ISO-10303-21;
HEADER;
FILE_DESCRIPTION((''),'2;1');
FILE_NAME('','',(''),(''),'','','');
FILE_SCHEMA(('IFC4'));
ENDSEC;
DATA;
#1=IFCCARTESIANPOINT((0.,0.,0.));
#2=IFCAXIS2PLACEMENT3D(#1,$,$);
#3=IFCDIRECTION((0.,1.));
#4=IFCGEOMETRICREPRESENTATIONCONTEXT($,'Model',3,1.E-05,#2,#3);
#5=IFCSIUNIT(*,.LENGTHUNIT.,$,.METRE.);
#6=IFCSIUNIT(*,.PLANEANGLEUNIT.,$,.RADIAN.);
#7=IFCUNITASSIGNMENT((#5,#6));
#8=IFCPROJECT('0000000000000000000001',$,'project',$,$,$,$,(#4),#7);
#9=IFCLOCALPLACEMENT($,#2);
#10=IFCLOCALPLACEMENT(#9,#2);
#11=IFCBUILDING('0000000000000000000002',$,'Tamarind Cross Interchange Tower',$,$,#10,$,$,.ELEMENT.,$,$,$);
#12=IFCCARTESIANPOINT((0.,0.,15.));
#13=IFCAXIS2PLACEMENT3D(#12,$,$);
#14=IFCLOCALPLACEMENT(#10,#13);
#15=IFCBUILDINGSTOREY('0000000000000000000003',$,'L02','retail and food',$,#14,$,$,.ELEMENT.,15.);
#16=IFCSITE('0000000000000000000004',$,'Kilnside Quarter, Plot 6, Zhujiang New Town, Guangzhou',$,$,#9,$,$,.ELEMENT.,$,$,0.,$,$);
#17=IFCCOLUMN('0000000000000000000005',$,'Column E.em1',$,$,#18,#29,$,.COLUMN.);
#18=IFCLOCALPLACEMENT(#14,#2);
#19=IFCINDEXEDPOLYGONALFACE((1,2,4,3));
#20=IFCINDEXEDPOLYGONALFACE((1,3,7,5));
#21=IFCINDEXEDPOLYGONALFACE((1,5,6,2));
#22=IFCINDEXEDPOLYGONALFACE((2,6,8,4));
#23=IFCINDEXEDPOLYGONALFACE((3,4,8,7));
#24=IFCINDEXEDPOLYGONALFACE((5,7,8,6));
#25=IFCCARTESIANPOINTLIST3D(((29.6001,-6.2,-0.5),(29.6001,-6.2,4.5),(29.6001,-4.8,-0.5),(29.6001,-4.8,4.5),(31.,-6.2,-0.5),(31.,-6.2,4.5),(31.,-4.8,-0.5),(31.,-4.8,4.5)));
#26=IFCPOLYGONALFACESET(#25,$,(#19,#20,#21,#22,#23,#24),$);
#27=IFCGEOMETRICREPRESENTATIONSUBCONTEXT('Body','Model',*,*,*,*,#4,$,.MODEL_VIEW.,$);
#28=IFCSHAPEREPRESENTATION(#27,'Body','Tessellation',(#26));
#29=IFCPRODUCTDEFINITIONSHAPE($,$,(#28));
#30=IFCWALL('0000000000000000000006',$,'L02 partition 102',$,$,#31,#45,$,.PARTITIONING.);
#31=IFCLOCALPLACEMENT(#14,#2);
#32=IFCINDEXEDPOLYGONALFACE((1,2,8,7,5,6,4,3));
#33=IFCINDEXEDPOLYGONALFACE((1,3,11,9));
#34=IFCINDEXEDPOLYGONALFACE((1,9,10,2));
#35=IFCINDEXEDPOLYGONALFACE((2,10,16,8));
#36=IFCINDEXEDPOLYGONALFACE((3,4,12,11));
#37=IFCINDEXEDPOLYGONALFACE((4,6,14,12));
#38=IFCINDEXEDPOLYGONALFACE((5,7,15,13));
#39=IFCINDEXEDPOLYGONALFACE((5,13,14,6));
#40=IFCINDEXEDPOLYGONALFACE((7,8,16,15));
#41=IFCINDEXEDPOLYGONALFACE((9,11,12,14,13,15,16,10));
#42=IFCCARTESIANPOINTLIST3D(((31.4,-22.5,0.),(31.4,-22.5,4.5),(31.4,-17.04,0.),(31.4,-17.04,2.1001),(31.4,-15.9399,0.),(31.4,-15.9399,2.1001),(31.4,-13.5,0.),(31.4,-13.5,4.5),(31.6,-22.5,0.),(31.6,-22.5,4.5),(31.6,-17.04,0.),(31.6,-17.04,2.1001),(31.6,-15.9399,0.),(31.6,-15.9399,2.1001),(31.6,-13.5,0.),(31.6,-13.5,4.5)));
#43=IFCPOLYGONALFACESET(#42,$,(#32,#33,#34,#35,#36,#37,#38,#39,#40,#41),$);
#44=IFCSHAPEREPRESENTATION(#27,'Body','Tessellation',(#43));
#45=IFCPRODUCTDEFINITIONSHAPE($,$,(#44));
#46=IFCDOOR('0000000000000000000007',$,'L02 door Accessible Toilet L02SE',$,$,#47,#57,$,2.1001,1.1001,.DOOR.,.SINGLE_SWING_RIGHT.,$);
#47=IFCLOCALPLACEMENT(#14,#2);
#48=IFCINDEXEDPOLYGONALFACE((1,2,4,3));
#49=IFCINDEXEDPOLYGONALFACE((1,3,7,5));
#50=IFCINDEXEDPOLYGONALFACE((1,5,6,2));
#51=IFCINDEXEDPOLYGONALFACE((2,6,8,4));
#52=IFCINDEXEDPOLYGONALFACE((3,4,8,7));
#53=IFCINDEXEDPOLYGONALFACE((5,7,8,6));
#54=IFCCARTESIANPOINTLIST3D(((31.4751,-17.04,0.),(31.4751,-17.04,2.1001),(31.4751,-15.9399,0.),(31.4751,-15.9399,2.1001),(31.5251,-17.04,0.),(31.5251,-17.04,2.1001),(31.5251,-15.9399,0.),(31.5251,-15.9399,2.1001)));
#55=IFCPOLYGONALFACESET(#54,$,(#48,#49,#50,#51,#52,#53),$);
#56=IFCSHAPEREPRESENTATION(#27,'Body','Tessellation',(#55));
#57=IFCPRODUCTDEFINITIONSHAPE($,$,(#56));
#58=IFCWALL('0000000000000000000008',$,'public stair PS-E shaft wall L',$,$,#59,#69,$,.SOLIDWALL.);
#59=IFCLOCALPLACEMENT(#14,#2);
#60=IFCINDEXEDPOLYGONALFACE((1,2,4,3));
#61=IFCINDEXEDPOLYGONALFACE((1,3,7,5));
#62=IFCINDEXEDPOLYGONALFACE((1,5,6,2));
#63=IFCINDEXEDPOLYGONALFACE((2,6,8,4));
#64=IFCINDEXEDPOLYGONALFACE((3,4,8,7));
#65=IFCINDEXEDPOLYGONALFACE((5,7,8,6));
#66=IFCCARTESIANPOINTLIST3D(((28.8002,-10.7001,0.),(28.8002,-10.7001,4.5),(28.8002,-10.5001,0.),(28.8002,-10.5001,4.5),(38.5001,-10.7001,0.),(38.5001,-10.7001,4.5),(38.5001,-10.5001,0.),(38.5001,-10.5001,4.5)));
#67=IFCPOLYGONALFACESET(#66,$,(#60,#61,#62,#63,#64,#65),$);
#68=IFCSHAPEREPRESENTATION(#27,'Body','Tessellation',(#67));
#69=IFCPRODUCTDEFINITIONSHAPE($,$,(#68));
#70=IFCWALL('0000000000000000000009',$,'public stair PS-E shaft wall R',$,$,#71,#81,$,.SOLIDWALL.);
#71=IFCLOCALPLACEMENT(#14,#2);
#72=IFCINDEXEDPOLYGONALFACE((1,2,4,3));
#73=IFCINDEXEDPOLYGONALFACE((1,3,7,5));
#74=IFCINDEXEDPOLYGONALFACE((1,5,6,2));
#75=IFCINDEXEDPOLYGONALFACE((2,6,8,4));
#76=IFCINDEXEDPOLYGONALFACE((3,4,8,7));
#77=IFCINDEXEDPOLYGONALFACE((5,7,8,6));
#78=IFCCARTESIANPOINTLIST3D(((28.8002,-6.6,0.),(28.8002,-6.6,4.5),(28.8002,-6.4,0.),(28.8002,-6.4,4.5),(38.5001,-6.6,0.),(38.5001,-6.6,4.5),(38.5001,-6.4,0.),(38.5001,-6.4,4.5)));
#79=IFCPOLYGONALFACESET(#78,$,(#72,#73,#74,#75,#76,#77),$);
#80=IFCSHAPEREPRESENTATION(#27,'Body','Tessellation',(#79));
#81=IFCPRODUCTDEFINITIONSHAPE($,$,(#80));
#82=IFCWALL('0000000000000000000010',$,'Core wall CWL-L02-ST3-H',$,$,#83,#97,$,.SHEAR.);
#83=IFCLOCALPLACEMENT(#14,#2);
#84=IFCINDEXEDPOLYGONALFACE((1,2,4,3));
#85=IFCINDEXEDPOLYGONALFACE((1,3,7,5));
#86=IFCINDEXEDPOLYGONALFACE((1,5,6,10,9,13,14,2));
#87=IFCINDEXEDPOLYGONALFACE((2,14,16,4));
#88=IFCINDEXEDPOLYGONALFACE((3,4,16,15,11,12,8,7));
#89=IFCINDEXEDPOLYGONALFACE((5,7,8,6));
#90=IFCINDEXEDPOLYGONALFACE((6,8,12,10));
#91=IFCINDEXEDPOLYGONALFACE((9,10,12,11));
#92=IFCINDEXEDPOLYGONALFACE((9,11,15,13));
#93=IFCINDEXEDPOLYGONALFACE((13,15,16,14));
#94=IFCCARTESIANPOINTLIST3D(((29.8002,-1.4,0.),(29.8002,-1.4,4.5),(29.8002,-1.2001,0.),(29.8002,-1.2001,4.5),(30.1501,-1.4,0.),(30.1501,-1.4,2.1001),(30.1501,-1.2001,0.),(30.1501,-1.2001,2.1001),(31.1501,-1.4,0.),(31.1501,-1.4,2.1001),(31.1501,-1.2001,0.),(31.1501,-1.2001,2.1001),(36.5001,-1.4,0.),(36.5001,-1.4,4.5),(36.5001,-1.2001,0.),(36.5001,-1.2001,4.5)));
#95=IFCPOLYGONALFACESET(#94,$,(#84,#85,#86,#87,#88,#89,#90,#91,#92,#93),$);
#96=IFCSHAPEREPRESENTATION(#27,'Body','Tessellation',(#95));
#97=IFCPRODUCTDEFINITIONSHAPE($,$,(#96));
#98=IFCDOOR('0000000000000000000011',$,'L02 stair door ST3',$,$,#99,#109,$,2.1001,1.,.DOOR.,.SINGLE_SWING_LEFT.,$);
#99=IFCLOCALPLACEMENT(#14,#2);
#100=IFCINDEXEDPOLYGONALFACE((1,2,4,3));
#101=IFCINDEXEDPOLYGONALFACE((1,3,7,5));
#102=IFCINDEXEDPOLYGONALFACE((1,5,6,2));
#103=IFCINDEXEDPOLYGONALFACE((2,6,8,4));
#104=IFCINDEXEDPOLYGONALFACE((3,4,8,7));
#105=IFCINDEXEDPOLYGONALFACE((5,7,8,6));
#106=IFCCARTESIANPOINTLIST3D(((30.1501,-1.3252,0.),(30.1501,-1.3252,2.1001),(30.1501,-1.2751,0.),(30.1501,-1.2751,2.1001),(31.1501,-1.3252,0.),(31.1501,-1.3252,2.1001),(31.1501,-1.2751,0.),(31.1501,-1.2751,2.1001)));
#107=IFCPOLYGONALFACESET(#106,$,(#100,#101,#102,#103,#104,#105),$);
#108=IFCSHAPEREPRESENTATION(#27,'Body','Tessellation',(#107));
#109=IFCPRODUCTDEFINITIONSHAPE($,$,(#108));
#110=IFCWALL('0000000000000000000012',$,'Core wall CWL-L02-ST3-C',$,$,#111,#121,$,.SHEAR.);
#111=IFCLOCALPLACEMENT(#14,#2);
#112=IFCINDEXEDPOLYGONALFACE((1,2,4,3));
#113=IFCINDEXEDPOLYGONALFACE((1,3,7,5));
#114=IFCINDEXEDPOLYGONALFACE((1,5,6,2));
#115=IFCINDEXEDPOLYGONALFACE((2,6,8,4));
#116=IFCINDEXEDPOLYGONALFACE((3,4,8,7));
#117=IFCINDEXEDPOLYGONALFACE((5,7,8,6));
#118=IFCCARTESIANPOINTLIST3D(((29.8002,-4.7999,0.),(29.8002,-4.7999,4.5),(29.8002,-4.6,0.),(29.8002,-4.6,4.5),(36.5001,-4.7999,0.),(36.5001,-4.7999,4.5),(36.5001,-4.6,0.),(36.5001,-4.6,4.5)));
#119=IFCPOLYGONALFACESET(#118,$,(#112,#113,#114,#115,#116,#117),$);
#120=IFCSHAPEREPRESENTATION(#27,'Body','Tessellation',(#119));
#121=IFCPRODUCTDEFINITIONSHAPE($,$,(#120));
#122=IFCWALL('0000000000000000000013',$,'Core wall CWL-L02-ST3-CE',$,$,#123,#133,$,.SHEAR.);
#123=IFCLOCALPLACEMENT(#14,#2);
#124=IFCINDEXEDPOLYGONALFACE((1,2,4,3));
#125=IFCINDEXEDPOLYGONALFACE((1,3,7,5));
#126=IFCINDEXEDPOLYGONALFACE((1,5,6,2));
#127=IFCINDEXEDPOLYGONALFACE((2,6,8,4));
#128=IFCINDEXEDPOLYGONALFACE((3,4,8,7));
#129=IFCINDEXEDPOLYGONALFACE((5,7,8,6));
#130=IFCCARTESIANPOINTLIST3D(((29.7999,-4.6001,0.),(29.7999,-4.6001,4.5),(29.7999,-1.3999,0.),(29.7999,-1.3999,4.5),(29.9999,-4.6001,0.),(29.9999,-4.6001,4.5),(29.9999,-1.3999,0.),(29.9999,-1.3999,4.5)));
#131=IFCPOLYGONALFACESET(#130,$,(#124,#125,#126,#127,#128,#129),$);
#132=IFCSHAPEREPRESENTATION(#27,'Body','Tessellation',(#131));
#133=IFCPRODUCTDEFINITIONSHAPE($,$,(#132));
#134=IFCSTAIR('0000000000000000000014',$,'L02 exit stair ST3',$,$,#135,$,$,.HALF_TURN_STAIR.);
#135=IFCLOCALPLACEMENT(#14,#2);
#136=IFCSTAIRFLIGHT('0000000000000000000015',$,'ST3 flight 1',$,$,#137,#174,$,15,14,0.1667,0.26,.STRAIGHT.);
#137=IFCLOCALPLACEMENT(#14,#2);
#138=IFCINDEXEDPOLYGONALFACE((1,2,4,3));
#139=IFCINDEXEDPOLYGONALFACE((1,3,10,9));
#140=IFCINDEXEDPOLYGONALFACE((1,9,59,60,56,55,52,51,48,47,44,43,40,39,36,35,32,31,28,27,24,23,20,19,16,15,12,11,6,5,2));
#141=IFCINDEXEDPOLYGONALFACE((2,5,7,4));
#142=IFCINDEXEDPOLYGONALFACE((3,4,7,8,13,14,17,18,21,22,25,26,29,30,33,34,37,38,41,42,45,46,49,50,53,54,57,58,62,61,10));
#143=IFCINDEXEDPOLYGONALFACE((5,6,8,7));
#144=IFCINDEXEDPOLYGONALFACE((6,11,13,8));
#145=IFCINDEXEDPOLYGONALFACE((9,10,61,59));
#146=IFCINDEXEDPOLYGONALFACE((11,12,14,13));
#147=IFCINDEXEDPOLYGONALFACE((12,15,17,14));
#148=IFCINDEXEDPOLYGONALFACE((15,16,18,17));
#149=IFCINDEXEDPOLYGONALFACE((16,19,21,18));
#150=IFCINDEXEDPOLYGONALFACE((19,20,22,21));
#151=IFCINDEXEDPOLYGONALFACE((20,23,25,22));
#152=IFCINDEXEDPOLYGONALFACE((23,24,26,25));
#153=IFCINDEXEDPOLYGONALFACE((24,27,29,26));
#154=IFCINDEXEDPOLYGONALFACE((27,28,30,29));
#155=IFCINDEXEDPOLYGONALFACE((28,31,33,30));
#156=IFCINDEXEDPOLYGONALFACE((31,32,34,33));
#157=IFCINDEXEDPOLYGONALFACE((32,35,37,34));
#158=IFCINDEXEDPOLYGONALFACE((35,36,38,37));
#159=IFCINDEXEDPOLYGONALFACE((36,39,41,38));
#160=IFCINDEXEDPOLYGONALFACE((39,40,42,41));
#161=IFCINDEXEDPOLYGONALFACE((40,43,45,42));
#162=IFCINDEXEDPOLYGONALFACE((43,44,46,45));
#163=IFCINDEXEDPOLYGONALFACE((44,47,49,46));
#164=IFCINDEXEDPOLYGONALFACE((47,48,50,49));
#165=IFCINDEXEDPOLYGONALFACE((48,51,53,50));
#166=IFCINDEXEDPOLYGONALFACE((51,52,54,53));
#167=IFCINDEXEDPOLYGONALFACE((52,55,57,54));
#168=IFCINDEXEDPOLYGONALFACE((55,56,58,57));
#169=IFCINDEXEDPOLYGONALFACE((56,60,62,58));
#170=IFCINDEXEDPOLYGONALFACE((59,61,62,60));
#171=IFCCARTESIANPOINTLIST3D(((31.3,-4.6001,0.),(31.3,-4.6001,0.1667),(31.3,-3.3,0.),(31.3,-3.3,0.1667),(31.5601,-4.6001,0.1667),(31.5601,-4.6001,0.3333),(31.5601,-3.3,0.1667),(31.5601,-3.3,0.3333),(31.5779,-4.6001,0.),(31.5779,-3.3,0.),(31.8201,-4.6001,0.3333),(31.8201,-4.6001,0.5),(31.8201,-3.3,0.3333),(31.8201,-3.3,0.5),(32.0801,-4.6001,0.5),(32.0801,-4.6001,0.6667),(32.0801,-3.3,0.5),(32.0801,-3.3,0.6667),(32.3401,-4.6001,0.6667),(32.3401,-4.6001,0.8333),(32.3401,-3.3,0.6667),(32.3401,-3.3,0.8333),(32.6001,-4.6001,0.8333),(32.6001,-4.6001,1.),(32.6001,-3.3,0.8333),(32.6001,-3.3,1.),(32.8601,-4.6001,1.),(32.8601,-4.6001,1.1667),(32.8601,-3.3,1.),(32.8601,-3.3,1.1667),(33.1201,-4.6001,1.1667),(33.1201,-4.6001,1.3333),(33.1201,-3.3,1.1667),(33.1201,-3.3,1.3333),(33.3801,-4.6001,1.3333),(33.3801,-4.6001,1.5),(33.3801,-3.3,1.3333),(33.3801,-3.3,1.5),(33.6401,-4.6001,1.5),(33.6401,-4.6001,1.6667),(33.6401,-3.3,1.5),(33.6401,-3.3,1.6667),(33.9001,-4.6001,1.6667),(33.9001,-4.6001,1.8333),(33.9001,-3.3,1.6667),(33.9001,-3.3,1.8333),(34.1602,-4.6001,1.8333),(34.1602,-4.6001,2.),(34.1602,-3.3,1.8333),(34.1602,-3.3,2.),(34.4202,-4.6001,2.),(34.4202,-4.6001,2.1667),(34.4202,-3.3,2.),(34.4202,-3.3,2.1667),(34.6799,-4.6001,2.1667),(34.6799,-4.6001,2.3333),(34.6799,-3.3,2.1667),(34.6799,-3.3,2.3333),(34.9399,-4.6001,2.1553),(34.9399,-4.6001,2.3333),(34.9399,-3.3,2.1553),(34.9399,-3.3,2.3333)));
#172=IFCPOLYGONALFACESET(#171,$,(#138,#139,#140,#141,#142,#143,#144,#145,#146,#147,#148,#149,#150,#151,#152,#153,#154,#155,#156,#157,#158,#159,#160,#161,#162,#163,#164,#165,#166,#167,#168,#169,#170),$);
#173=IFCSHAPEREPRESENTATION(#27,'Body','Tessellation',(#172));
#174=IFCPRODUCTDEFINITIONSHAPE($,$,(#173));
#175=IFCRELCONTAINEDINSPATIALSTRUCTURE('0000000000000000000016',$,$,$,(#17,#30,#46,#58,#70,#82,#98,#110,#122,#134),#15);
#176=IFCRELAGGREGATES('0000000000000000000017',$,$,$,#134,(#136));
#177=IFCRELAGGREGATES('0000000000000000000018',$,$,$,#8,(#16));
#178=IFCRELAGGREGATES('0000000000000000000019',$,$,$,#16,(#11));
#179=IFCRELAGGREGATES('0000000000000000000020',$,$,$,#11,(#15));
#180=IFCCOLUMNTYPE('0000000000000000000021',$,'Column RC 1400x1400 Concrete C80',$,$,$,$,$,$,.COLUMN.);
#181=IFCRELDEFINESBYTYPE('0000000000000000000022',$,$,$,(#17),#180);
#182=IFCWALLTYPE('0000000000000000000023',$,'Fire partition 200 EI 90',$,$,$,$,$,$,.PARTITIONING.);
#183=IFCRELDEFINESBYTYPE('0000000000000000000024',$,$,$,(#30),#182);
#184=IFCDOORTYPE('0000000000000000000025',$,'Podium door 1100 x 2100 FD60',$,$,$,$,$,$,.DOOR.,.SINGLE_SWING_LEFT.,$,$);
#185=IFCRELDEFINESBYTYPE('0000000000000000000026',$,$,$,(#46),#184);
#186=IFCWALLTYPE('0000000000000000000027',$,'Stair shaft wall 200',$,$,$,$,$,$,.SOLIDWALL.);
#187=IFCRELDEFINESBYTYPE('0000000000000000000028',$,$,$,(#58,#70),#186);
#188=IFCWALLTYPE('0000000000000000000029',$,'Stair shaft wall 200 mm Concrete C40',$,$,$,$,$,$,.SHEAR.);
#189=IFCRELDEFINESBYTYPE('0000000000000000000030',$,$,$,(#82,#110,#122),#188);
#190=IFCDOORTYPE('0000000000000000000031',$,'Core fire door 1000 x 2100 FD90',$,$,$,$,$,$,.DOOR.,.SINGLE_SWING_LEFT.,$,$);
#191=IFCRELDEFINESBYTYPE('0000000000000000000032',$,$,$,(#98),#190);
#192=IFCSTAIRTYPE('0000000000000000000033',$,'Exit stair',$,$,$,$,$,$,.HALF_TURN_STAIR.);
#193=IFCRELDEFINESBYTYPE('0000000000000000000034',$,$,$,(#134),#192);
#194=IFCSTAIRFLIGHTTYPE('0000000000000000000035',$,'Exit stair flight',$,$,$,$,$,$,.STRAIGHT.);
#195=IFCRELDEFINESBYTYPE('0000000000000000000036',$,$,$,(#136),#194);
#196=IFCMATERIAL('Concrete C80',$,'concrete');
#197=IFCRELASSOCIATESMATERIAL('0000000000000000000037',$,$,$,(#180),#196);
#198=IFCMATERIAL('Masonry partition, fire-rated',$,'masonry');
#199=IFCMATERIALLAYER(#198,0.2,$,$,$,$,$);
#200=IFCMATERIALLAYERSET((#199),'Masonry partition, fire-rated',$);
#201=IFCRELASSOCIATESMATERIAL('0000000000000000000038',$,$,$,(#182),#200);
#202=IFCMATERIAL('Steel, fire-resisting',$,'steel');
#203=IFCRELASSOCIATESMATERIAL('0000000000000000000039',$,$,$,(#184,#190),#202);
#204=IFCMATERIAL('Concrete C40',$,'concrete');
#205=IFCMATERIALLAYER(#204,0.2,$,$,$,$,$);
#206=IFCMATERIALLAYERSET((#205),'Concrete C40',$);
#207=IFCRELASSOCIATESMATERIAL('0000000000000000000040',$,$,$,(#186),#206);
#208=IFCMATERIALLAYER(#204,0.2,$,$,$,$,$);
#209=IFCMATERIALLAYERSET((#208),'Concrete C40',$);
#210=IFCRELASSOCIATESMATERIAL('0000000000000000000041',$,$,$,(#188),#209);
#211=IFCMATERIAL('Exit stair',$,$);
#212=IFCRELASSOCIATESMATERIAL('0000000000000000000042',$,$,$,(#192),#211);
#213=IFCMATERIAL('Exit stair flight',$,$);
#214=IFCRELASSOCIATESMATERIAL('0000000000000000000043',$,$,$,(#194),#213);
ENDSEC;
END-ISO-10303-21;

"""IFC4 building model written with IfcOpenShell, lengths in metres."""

from ifc_helpers import new_model, si_unit, direction, frame, frame_2d, origin, origin_2d, place, context, subcontext, project, spatial, polyline, rectangle, outline, extrude, material, layer, layer_set, material_profile, profile_set, type_object, element, fill, aggregate, save


model = new_model("IFC4")

# Units and contexts
model_context = context("Model", 3, precision=1e-05, world=origin(), true_north=direction((0.0, 1.0)))
body_context = subcontext(model_context, "Body", "Model", "MODEL_VIEW")
ifc_project = project(units=[si_unit("LENGTHUNIT", "METRE"), si_unit("PLANEANGLEUNIT", "RADIAN")], contexts=[model_context])

# Site, building, storey
site_placement = place(None, origin())
site = spatial("IfcSite", under=ifc_project, at=site_placement, Name="Kilnside Quarter, Plot 6, Zhujiang New Town, Guangzhou", CompositionType="ELEMENT", RefElevation=0.0)
building_placement = place(site_placement, origin())
building = spatial("IfcBuilding", under=site, at=building_placement, Name="Tamarind Cross Interchange Tower", CompositionType="ELEMENT")
storey_placement = place(building_placement, frame((0.0, 0.0, 15.0)))
storey = spatial("IfcBuildingStorey", under=building, at=storey_placement, Name="L02", Description="retail and food", CompositionType="ELEMENT", Elevation=15.0)

# Column
ifc_material_1 = material(Name="Concrete C80", Category="concrete")
ifc_material_profile = material_profile(ifc_material_1, rectangle(XDim=1.3999, YDim=1.3999, at=origin_2d()), Name="RC 1400x1400")
ifc_profile_set = profile_set([ifc_material_profile], Name="Concrete C80")
column_type = type_object("IfcColumnType", Name="Column RC 1400x1400 Concrete C80", PredefinedType="COLUMN", material=ifc_profile_set)
column_placement = place(storey_placement, frame((30.3, -5.5, -0.5), z_axis=(0.0, 0.0, 1.0), x_axis=(1.0, 0.0, 0.0)))
element("IfcColumn", 1, at=column_placement, inside=storey, type_object=column_type, Name="Column E.em1", PredefinedType="COLUMN", context=body_context, shape_type="SweptSolid", body=[
    extrude(rectangle(XDim=1.3999, YDim=1.3999, at=origin_2d()), origin(), (0.0, 0.0, 1.0), 5.0),
])

# Wall, opening, door
ifc_material_2 = material(Name="Masonry partition, fire-rated", Category="masonry")
ifc_layer_1 = layer(ifc_material_2, 0.2)
ifc_layer_set_1 = layer_set([ifc_layer_1], Name="Masonry partition, fire-rated")
wall_type_1 = type_object("IfcWallType", Name="Fire partition 200 EI 90", PredefinedType="PARTITIONING", material=ifc_layer_set_1)
wall_1_placement = place(storey_placement, frame((31.5, -22.5, 0.0), z_axis=(0.0, 0.0, 1.0), x_axis=(0.0, 1.0, 0.0)))
wall_1 = element("IfcWall", 2, at=wall_1_placement, inside=storey, type_object=wall_type_1, Name="L02 partition 102", PredefinedType="PARTITIONING", context=body_context, shape_type="SweptSolid", body=[
    extrude(rectangle(XDim=9.0, YDim=0.2, at=frame_2d((4.5, 0.0))), origin(), (0.0, 0.0, 1.0), 4.5),
])
opening_1_placement = place(wall_1_placement, frame((5.46, 0.0, 0.0)))
opening_1 = element("IfcOpeningElement", 3, at=opening_1_placement, cuts=wall_1, PredefinedType="OPENING", context=body_context, shape_type="SweptSolid", body=[
    extrude(rectangle(XDim=1.1001, YDim=2.1001, at=frame_2d((0.55, 1.05))), frame((0.0, 0.1099, 0.0), z_axis=(0.0, -1.0, 0.0), x_axis=(1.0, 0.0, 0.0)), (0.0, 0.0, 1.0), 0.22),
])
ifc_material_3 = material(Name="Steel, fire-resisting", Category="steel")
door_type_1 = type_object("IfcDoorType", Name="Podium door 1100 x 2100 FD60", OperationType="SINGLE_SWING_LEFT", PredefinedType="DOOR", material=ifc_material_3)
door_1_placement = place(opening_1_placement, origin())
door_1 = element("IfcDoor", 4, at=door_1_placement, inside=storey, type_object=door_type_1, Name="L02 door Accessible Toilet L02SE", OperationType="SINGLE_SWING_RIGHT", OverallHeight=2.1001, OverallWidth=1.1001, PredefinedType="DOOR", context=body_context, shape_type="SweptSolid", body=[
    extrude(rectangle(XDim=1.1001, YDim=2.1001, at=frame_2d((0.55, 1.05))), frame((0.0, 0.0249, 0.0), z_axis=(0.0, -1.0, 0.0), x_axis=(1.0, 0.0, 0.0)), (0.0, 0.0, 1.0), 0.05),
])
fill(opening_1, door_1)

# Walls
ifc_material_4 = material(Name="Concrete C40", Category="concrete")
ifc_layer_2 = layer(ifc_material_4, 0.2)
ifc_layer_set_2 = layer_set([ifc_layer_2], Name="Concrete C40")
wall_type_2 = type_object("IfcWallType", Name="Stair shaft wall 200", PredefinedType="SOLIDWALL", material=ifc_layer_set_2)
for number, where, z_axis, x_axis, name in (
    (5, (28.8, -10.6001, 0.0), (0.0, 0.0, 1.0), (1.0, 0.0, 0.0), "public stair PS-E shaft wall L"),
    (6, (28.8, -6.5, 0.0), (0.0, 0.0, 1.0), (1.0, 0.0, 0.0), "public stair PS-E shaft wall R"),
):
    element("IfcWall", number, at=place(storey_placement, frame(where, z_axis=z_axis, x_axis=x_axis)), inside=storey, type_object=wall_type_2, Name=name, PredefinedType="SOLIDWALL", context=body_context, shape_type="SweptSolid", body=[
        extrude(rectangle(XDim=9.7, YDim=0.2, at=frame_2d((4.8501, 0.0))), origin(), (0.0, 0.0, 1.0), 4.5),
    ])

# Wall, opening, door
ifc_layer_3 = layer(ifc_material_4, 0.2)
ifc_layer_set_3 = layer_set([ifc_layer_3], Name="Concrete C40")
wall_type_3 = type_object("IfcWallType", Name="Stair shaft wall 200 mm Concrete C40", PredefinedType="SHEAR", material=ifc_layer_set_3)
wall_2_placement = place(storey_placement, frame((29.8, -1.3, 0.0), z_axis=(0.0, 0.0, 1.0), x_axis=(1.0, 0.0, 0.0)))
wall_2 = element("IfcWall", 7, at=wall_2_placement, inside=storey, type_object=wall_type_3, Name="Core wall CWL-L02-ST3-H", PredefinedType="SHEAR", context=body_context, shape_type="SweptSolid", body=[
    extrude(rectangle(XDim=6.7, YDim=0.2, at=frame_2d((3.3501, 0.0))), origin(), (0.0, 0.0, 1.0), 4.5),
])
opening_2_placement = place(wall_2_placement, frame((0.3501, 0.0, 0.0)))
opening_2 = element("IfcOpeningElement", 8, at=opening_2_placement, cuts=wall_2, PredefinedType="OPENING", context=body_context, shape_type="SweptSolid", body=[
    extrude(rectangle(XDim=1.0, YDim=2.1001, at=frame_2d((0.5, 1.05))), frame((0.0, 0.1099, 0.0), z_axis=(0.0, -1.0, 0.0), x_axis=(1.0, 0.0, 0.0)), (0.0, 0.0, 1.0), 0.22),
])
door_type_2 = type_object("IfcDoorType", Name="Core fire door 1000 x 2100 FD90", OperationType="SINGLE_SWING_LEFT", PredefinedType="DOOR", material=ifc_material_3)
door_2_placement = place(opening_2_placement, origin())
door_2 = element("IfcDoor", 9, at=door_2_placement, inside=storey, type_object=door_type_2, Name="L02 stair door ST3", OperationType="SINGLE_SWING_LEFT", OverallHeight=2.1001, OverallWidth=1.0, PredefinedType="DOOR", context=body_context, shape_type="SweptSolid", body=[
    extrude(rectangle(XDim=1.0, YDim=2.1001, at=frame_2d((0.5, 1.05))), frame((0.0, 0.0249, 0.0), z_axis=(0.0, -1.0, 0.0), x_axis=(1.0, 0.0, 0.0)), (0.0, 0.0, 1.0), 0.05),
])
fill(opening_2, door_2)

# Walls
wall_3_placement = place(storey_placement, frame((29.8, -4.7, 0.0), z_axis=(0.0, 0.0, 1.0), x_axis=(1.0, 0.0, 0.0)))
element("IfcWall", 10, at=wall_3_placement, inside=storey, type_object=wall_type_3, Name="Core wall CWL-L02-ST3-C", PredefinedType="SHEAR", context=body_context, shape_type="SweptSolid", body=[
    extrude(rectangle(XDim=6.7, YDim=0.2, at=frame_2d((3.3501, 0.0))), origin(), (0.0, 0.0, 1.0), 4.5),
])
wall_4_placement = place(storey_placement, frame((29.8999, -4.6001, 0.0), z_axis=(0.0, 0.0, 1.0), x_axis=(0.0, 1.0, 0.0)))
element("IfcWall", 11, at=wall_4_placement, inside=storey, type_object=wall_type_3, Name="Core wall CWL-L02-ST3-CE", PredefinedType="SHEAR", context=body_context, shape_type="SweptSolid", body=[
    extrude(rectangle(XDim=3.2002, YDim=0.2, at=frame_2d((1.6001, 0.0))), origin(), (0.0, 0.0, 1.0), 4.5),
])

# Stair, stair flight
ifc_material_5 = material(Name="Exit stair")
stair_type_1 = type_object("IfcStairType", Name="Exit stair", PredefinedType="HALF_TURN_STAIR", material=ifc_material_5)
stair_1_placement = place(storey_placement, origin())
stair_1 = element("IfcStair", 12, at=stair_1_placement, inside=storey, type_object=stair_type_1, Name="L02 exit stair ST3", PredefinedType="HALF_TURN_STAIR")
ifc_material_6 = material(Name="Exit stair flight")
stair_flight_type_1 = type_object("IfcStairFlightType", Name="Exit stair flight", PredefinedType="STRAIGHT", material=ifc_material_6)
stair_flight_1_placement = place(storey_placement, frame((31.3, -3.95, 0.0), z_axis=(0.0, 0.0, 1.0), x_axis=(1.0, 0.0, 0.0)))
stair_flight_1 = element("IfcStairFlight", 13, at=stair_flight_1_placement, type_object=stair_flight_type_1, Name="ST3 flight 1", NumberOfRisers=15, NumberOfTreads=14, PredefinedType="STRAIGHT", RiserHeight=0.1667, TreadLength=0.26, context=body_context, shape_type="SweptSolid", body=[
    extrude(outline(polyline([(0.0, 0.0), (0.0, 0.1667), (0.26, 0.1667), (0.26, 0.3333), (0.52, 0.3333), (0.52, 0.5), (0.78, 0.5), (0.78, 0.6667), (1.04, 0.6667), (1.04, 0.8333), (1.3, 0.8333), (1.3, 1.0), (1.5601, 1.0), (1.5601, 1.1667), (1.8201, 1.1667), (1.8201, 1.3333), (2.0801, 1.3333), (2.0801, 1.5), (2.3401, 1.5), (2.3401, 1.6667), (2.6001, 1.6667), (2.6001, 1.8333), (2.8601, 1.8333), (2.8601, 2.0), (3.1201, 2.0), (3.1201, 2.1667), (3.3799, 2.1667), (3.3799, 2.3333), (3.6399, 2.3333), (3.6399, 2.5), (3.6399, 2.1553), (0.2778, 0.0), (0.0, 0.0)])), frame((0.0, 0.6499, 0.0), z_axis=(0.0, -1.0, 0.0), x_axis=(1.0, 0.0, 0.0)), (0.0, 0.0, 1.0), 1.3),
])
aggregate(stair_1, [stair_flight_1])

save(model, "model.ifc")
